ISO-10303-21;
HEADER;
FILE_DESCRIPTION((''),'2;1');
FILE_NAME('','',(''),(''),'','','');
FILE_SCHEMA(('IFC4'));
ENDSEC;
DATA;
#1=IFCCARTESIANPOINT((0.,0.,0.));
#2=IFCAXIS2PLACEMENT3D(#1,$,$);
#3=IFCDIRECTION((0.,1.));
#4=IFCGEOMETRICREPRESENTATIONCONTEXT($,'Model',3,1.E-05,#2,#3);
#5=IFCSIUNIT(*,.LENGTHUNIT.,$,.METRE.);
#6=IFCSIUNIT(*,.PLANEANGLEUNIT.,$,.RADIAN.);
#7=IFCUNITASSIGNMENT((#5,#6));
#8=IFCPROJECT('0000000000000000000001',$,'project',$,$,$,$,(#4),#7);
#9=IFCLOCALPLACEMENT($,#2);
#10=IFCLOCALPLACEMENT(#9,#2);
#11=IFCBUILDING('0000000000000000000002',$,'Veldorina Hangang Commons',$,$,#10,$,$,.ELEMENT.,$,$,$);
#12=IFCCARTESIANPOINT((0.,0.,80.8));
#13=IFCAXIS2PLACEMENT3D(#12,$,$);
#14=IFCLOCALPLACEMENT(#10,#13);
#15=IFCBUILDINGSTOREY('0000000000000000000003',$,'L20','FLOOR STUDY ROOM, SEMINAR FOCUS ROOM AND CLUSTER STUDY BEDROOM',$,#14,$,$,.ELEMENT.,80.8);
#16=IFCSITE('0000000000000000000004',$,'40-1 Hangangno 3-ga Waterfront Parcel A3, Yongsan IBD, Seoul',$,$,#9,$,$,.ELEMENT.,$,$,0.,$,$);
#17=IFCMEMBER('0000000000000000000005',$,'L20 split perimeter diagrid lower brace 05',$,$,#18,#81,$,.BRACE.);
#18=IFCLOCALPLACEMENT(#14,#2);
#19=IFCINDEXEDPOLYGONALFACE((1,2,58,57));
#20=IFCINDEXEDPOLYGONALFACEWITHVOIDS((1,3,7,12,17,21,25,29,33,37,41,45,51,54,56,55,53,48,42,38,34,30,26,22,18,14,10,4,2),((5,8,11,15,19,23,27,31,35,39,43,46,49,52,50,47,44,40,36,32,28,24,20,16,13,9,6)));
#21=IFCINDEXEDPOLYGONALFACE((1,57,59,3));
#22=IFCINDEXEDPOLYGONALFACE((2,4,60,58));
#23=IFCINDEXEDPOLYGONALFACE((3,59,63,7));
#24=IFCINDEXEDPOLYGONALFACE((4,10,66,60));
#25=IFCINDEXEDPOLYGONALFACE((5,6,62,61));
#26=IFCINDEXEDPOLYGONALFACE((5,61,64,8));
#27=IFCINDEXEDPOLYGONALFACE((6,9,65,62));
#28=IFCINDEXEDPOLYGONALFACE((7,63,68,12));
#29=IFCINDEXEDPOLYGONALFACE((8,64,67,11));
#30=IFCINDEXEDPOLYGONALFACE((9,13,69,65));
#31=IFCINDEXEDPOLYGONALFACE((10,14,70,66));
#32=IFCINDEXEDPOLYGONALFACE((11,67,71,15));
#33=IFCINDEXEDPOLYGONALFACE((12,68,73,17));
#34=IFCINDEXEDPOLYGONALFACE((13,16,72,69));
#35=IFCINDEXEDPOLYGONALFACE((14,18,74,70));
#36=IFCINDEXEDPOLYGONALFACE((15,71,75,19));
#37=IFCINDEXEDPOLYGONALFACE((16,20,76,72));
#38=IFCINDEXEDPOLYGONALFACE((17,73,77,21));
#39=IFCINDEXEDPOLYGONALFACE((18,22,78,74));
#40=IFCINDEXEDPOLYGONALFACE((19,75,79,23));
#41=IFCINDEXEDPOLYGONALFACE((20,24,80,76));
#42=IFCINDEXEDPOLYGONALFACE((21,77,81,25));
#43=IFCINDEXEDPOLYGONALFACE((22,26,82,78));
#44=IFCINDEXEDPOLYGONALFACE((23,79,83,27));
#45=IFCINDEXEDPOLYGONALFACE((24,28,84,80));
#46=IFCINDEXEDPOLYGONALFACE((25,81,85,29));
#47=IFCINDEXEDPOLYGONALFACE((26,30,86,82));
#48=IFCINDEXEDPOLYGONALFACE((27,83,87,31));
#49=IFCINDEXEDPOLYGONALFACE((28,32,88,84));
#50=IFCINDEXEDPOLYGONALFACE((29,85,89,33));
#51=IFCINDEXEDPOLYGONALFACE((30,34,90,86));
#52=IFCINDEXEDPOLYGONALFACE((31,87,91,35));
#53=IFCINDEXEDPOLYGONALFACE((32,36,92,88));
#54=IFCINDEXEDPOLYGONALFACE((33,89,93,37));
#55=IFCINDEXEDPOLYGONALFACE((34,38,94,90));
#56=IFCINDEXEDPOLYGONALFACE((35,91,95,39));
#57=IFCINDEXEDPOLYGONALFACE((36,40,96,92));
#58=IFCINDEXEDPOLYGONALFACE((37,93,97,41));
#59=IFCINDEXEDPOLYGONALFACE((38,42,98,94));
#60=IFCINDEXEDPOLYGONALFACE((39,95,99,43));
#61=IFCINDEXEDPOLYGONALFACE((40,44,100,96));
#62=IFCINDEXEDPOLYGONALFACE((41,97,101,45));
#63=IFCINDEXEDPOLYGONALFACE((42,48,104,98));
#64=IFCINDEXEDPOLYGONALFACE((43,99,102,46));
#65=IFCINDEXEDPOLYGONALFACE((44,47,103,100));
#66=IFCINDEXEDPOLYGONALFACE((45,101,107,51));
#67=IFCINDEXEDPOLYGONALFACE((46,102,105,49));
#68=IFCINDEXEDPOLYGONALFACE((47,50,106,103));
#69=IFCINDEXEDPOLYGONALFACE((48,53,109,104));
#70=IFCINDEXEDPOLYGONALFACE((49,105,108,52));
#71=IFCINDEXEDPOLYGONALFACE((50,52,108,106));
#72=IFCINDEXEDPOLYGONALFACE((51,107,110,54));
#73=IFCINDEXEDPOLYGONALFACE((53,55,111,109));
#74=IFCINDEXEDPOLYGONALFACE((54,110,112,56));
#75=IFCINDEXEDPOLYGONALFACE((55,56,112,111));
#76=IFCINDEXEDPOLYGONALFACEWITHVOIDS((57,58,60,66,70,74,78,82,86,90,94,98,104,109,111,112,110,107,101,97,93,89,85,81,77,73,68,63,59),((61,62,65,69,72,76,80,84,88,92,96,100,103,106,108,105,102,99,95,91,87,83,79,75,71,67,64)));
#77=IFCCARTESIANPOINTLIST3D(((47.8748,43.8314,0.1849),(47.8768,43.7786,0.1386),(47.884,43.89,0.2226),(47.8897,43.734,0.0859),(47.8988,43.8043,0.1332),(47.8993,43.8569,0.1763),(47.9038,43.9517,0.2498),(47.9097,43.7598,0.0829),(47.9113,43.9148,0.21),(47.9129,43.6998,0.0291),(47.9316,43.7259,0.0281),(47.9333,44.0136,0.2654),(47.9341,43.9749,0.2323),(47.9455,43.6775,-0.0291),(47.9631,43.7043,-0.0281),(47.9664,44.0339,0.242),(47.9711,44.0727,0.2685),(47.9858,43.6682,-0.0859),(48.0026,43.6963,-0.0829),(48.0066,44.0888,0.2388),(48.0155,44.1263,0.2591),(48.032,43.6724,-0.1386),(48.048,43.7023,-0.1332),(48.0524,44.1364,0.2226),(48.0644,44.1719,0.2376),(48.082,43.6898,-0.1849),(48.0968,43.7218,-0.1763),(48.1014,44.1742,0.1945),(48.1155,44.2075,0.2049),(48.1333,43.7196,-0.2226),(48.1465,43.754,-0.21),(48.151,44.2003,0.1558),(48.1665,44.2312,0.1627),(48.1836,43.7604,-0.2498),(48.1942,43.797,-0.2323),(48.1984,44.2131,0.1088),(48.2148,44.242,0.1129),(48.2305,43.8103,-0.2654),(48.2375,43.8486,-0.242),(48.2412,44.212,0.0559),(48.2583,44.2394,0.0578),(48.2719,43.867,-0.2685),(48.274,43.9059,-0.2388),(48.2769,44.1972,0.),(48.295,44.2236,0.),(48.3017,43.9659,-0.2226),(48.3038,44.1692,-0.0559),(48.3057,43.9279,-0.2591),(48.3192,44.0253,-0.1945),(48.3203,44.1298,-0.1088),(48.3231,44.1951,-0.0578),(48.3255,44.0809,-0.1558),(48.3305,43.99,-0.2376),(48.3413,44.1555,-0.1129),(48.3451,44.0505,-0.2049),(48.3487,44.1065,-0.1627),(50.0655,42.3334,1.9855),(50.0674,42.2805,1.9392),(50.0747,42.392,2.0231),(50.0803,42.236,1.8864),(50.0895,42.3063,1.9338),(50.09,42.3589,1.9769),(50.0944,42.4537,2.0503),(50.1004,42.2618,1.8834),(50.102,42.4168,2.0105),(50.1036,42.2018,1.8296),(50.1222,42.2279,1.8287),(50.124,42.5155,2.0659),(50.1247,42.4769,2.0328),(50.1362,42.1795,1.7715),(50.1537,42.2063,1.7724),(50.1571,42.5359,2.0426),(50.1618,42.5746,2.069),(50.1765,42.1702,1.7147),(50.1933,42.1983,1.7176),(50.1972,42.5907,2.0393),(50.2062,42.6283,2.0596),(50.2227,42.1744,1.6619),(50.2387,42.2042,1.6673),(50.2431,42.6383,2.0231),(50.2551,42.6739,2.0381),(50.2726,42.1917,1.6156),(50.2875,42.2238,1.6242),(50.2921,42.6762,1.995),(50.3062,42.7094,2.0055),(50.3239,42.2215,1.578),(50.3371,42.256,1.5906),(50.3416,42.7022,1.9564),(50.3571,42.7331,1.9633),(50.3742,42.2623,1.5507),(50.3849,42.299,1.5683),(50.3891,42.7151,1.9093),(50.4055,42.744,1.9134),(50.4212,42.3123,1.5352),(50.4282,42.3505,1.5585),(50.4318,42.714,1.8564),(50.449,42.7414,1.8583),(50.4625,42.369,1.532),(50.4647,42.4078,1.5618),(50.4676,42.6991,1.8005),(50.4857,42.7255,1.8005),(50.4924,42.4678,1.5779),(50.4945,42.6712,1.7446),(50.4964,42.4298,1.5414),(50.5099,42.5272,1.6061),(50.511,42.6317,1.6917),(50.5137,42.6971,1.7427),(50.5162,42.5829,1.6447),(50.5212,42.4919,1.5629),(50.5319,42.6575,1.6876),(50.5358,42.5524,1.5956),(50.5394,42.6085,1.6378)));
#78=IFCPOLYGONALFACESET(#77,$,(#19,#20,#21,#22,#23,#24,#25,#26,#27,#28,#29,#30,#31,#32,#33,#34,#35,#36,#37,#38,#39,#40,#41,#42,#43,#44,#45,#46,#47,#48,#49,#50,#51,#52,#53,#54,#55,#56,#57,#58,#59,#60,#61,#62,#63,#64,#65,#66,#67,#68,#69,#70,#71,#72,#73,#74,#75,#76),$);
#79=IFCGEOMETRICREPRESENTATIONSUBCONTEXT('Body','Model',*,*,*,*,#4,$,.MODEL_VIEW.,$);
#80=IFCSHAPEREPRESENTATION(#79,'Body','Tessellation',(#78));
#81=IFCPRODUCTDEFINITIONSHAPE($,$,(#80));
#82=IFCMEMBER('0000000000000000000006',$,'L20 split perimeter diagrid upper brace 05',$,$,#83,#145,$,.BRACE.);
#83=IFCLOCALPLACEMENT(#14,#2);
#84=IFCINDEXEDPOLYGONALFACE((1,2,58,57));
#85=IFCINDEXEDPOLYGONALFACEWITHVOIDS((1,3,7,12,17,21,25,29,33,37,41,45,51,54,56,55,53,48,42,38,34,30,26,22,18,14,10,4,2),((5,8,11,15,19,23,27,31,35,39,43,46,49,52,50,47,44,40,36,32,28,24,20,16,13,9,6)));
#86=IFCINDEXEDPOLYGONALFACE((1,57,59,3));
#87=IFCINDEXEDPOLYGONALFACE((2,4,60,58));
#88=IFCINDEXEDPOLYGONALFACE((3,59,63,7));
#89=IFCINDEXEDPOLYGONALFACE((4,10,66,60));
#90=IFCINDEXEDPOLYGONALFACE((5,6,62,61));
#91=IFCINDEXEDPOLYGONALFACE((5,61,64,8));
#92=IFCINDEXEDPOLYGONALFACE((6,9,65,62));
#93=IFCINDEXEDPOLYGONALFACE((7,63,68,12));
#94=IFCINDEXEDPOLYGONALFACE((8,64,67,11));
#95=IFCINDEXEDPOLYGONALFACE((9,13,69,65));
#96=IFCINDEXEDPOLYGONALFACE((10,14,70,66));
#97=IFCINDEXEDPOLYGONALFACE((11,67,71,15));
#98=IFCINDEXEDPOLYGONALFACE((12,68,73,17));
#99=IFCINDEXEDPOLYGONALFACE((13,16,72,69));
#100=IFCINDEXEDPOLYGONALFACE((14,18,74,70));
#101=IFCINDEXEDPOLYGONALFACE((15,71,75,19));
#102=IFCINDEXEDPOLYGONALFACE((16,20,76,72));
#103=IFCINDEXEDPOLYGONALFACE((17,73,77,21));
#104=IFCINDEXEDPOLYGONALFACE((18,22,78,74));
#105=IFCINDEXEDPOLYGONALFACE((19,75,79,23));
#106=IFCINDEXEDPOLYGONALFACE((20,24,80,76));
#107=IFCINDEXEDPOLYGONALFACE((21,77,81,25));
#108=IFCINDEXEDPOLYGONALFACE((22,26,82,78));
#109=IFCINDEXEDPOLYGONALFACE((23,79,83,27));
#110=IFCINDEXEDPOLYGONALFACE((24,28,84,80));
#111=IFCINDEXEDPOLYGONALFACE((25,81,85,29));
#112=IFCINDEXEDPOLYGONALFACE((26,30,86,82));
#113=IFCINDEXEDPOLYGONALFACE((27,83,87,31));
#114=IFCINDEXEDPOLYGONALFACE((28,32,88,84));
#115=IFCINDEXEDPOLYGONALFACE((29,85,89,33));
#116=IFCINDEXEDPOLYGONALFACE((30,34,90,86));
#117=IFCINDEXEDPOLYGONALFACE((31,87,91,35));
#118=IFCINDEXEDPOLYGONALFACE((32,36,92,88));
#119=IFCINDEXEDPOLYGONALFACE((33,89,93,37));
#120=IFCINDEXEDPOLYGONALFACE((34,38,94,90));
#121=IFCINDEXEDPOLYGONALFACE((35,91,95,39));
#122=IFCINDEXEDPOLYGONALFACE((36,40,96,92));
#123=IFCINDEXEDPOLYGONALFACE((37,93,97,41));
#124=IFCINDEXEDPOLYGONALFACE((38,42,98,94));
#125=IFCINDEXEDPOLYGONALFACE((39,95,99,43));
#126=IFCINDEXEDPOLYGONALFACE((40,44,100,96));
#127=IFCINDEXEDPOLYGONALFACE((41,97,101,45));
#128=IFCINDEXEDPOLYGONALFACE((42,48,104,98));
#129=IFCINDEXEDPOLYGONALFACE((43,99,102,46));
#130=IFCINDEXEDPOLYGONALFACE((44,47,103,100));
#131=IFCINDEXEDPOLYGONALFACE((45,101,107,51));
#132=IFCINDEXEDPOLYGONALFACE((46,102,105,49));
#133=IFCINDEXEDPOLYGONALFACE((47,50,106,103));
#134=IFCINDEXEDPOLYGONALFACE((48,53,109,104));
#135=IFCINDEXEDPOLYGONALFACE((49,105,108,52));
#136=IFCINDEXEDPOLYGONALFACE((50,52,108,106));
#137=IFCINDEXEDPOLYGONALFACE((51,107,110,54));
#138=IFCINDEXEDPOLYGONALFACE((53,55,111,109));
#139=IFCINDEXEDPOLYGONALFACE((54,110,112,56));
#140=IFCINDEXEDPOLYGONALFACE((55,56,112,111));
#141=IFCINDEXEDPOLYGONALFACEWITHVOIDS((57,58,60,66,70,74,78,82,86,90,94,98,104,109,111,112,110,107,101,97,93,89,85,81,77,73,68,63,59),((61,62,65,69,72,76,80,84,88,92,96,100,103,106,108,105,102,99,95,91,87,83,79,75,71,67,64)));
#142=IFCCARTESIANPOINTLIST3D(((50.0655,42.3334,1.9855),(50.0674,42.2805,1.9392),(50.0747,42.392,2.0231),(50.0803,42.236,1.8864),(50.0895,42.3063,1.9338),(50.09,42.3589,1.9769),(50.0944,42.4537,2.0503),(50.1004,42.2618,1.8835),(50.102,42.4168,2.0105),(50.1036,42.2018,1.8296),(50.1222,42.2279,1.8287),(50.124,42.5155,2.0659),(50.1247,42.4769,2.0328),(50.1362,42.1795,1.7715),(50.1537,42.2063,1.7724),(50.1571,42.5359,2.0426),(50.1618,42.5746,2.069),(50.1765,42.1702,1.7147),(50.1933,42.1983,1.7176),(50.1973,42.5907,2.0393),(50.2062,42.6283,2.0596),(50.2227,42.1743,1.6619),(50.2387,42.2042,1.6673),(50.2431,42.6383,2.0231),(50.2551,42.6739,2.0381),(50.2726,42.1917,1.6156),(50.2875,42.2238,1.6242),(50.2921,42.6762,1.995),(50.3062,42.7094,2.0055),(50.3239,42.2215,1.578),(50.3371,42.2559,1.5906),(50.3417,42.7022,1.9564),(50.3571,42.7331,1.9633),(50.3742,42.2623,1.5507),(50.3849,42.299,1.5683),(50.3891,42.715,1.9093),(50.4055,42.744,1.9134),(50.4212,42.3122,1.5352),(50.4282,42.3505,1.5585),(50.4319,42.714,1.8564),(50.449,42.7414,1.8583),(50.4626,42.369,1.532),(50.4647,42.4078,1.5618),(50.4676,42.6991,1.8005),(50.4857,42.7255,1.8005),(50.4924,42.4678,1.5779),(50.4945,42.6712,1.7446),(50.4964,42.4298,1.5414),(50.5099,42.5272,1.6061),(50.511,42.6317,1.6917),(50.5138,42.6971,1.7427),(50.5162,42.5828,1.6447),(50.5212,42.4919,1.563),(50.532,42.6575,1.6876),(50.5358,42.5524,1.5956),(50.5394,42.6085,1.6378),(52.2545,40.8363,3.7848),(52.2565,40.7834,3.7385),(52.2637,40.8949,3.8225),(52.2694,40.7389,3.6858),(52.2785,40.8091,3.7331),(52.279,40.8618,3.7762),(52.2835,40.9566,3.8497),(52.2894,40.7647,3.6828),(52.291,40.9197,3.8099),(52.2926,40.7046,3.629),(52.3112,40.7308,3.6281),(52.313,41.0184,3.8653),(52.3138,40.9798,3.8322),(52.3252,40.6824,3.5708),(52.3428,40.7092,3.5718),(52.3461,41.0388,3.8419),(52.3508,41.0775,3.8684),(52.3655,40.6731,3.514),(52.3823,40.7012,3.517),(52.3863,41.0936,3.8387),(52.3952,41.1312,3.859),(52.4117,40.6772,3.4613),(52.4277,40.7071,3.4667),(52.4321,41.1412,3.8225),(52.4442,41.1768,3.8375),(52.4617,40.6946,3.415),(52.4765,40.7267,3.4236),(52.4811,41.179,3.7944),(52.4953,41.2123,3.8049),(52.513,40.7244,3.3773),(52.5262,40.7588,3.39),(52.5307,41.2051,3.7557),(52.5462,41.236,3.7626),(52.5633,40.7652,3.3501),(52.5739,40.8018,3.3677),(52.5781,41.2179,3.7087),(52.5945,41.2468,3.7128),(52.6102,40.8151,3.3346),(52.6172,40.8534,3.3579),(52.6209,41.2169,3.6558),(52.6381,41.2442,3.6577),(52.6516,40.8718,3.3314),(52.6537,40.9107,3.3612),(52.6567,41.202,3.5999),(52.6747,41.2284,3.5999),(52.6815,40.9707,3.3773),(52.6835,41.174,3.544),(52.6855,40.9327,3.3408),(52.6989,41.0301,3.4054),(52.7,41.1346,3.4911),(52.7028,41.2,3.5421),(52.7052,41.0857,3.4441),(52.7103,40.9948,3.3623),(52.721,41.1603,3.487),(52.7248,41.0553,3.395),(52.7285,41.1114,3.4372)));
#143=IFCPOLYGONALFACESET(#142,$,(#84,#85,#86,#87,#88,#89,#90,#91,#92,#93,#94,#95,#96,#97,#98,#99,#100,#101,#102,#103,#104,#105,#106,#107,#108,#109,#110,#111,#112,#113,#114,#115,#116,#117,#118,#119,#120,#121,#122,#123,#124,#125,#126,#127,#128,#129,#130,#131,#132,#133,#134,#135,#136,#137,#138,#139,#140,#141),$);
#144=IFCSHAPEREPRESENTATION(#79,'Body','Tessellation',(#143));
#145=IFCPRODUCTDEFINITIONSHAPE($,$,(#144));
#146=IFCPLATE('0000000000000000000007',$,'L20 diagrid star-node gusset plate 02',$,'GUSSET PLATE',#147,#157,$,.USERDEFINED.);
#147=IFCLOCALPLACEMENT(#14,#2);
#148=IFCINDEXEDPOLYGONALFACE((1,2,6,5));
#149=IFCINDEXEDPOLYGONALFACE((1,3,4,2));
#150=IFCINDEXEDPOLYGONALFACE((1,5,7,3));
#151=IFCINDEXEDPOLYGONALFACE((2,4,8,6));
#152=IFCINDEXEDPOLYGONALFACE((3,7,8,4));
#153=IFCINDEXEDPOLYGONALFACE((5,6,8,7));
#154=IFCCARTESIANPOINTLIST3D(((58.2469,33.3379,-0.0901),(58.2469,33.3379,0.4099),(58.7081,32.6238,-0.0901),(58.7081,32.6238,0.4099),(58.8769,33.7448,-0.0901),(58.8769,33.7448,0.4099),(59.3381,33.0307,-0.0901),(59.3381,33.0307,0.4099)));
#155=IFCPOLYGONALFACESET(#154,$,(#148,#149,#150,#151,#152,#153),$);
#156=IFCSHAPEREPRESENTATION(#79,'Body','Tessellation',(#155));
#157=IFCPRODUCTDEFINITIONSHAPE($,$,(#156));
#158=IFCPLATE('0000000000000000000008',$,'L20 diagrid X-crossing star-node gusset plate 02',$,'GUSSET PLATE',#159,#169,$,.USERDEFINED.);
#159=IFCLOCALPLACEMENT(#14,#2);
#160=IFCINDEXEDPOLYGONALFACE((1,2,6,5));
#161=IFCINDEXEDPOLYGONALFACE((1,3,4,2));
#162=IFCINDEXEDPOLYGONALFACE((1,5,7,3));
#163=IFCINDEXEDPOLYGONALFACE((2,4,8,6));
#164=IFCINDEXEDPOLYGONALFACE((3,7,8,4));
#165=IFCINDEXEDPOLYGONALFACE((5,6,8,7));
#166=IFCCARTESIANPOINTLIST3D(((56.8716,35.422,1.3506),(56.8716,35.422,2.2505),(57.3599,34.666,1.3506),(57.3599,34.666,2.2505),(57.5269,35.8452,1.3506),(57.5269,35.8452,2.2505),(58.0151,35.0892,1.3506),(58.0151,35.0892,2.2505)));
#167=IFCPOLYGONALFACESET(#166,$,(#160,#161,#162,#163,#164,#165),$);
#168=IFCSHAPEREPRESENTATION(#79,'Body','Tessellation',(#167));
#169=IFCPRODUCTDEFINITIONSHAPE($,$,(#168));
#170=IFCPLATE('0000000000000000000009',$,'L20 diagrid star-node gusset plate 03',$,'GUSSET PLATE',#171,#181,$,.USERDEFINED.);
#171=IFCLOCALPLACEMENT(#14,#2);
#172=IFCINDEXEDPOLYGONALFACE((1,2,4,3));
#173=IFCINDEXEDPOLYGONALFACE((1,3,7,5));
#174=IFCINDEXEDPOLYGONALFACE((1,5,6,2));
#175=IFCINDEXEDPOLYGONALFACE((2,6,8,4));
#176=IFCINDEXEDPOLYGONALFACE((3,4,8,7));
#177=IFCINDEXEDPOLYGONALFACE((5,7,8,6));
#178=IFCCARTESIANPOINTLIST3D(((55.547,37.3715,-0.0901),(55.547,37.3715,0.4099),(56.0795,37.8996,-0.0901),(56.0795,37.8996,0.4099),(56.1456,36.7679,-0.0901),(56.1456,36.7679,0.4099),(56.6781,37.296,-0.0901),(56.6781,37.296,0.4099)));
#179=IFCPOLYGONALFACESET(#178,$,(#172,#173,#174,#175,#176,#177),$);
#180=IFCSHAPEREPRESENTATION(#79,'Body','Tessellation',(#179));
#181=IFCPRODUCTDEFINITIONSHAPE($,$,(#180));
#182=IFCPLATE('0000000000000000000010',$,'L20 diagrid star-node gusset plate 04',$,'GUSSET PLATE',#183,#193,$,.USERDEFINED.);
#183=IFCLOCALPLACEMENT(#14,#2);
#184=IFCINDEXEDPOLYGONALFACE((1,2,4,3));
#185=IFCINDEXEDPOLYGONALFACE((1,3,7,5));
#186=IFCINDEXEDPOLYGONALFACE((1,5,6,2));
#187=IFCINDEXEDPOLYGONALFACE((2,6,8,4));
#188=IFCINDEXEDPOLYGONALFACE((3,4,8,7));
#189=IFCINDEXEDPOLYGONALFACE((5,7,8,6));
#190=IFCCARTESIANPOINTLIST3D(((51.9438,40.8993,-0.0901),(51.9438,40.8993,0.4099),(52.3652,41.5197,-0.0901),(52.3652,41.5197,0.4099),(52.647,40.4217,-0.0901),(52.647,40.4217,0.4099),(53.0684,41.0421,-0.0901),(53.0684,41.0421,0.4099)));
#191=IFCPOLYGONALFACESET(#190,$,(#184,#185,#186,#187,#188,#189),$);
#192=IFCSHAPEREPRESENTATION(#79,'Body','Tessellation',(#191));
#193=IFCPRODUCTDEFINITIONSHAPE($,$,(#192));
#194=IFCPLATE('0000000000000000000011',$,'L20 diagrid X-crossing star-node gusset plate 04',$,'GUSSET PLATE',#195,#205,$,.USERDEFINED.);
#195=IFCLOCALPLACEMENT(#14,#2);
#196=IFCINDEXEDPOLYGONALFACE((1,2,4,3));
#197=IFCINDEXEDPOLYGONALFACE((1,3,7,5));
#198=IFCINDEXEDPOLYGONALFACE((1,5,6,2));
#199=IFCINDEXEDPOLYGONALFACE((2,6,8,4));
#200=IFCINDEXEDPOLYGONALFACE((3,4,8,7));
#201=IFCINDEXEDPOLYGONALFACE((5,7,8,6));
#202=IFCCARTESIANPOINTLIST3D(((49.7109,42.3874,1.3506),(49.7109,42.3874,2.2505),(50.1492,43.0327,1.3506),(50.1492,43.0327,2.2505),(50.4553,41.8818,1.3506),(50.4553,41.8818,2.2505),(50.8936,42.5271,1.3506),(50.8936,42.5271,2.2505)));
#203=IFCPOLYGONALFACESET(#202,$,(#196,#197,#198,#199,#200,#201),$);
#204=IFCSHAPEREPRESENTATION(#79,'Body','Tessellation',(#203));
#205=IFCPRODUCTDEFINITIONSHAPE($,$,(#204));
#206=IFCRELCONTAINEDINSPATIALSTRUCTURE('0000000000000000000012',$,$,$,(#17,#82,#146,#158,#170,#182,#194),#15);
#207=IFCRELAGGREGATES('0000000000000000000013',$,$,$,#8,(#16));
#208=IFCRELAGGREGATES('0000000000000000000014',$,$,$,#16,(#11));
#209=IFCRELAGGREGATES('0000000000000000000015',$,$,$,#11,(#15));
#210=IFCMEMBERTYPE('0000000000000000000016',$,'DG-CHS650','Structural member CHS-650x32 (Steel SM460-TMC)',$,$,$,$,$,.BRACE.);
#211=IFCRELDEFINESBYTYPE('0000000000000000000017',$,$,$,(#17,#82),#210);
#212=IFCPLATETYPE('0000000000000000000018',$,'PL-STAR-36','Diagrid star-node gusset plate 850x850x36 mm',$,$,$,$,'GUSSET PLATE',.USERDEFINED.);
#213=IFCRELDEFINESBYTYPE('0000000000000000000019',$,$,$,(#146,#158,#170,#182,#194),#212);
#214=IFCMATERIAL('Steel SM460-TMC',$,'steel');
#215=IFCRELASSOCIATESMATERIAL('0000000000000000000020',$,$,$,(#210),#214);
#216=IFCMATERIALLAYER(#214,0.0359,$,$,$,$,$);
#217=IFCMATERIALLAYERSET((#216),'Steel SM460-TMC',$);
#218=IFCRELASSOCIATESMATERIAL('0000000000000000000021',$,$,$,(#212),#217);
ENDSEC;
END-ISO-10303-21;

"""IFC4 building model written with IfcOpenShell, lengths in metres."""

from ifc_helpers import new_model, si_unit, direction, frame, origin, origin_2d, place, context, subcontext, project, spatial, rectangle, hollow_circle, extrude, material, layer, layer_set, material_profile, profile_set, type_object, element, save


model = new_model("IFC4")

# Units and contexts
model_context = context("Model", 3, precision=1e-05, world=origin(), true_north=direction((0.0, 1.0)))
body_context = subcontext(model_context, "Body", "Model", "MODEL_VIEW")
ifc_project = project(units=[si_unit("LENGTHUNIT", "METRE"), si_unit("PLANEANGLEUNIT", "RADIAN")], contexts=[model_context])

# Site, building, storey
site_placement = place(None, origin())
site = spatial("IfcSite", under=ifc_project, at=site_placement, Name="40-1 Hangangno 3-ga Waterfront Parcel A3, Yongsan IBD, Seoul", CompositionType="ELEMENT", RefElevation=0.0)
building_placement = place(site_placement, origin())
building = spatial("IfcBuilding", under=site, at=building_placement, Name="Veldorina Hangang Commons", CompositionType="ELEMENT")
storey_placement = place(building_placement, frame((0.0, 0.0, 80.8)))
storey = spatial("IfcBuildingStorey", under=building, at=storey_placement, Name="L20", Description="FLOOR STUDY ROOM, SEMINAR FOCUS ROOM AND CLUSTER STUDY BEDROOM", CompositionType="ELEMENT", Elevation=80.8)

# Members
ifc_material_1 = material(Name="Steel SM460-TMC", Category="steel")
ifc_material_profile_1 = material_profile(ifc_material_1, hollow_circle(Radius=0.325, WallThickness=0.032, at=origin_2d()), Name="CHS-650x32")
ifc_profile_set_1 = profile_set([ifc_material_profile_1], Name="Steel SM460-TMC")
member_type = type_object("IfcMemberType", Name="DG-CHS650", Description="Structural member CHS-650x32 (Steel SM460-TMC)", PredefinedType="BRACE", material=ifc_profile_set_1)
member_1_placement = place(storey_placement, frame((48.1116, 43.9553, 0.0), z_axis=(0.683082, -0.467111, 0.561432), x_axis=(0.56447, 0.825454, 0.0)))
element("IfcMember", 1, at=member_1_placement, inside=storey, type_object=member_type, Name="L20 split perimeter diagrid lower brace 05", PredefinedType="BRACE", context=body_context, shape_type="SweptSolid", body=[
    extrude(hollow_circle(Radius=0.325, WallThickness=0.032, at=origin_2d()), origin(), (0.0, 0.0, 1.0), 3.207),
])
member_2_placement = place(storey_placement, frame((50.3022, 42.4573, 1.8005), z_axis=(0.683041, -0.467143, 0.561456), x_axis=(0.564519, 0.82542, 0.0)))
element("IfcMember", 2, at=member_2_placement, inside=storey, type_object=member_type, Name="L20 split perimeter diagrid upper brace 05", PredefinedType="BRACE", context=body_context, shape_type="SweptSolid", body=[
    extrude(hollow_circle(Radius=0.325, WallThickness=0.032, at=origin_2d()), origin(), (0.0, 0.0, 1.0), 3.2048),
])

# Plates
ifc_layer_1 = layer(ifc_material_1, 0.0359)
ifc_layer_set_1 = layer_set([ifc_layer_1], Name="Steel SM460-TMC")
plate_type = type_object("IfcPlateType", Name="PL-STAR-36", Description="Diagrid star-node gusset plate 850x850x36 mm", ElementType="GUSSET PLATE", PredefinedType="USERDEFINED", material=ifc_layer_set_1)
plate_1_placement = place(storey_placement, frame((58.7925, 33.1843, -0.0901), z_axis=(0.0, 0.0, 1.0), x_axis=(-0.542544, 0.840027, 0.0)))
element("IfcPlate", 3, at=plate_1_placement, inside=storey, type_object=plate_type, Name="L20 diagrid star-node gusset plate 02", ObjectType="GUSSET PLATE", PredefinedType="USERDEFINED", context=body_context, shape_type="SweptSolid", body=[
    extrude(rectangle(XDim=0.8501, YDim=0.75, at=origin_2d()), origin(), (0.0, 0.0, 1.0), 0.5),
])
plate_2_placement = place(storey_placement, frame((57.4434, 35.2556, 1.3506), z_axis=(0.0, 0.0, 1.0), x_axis=(-0.542544, 0.840027, 0.0)))
element("IfcPlate", 4, at=plate_2_placement, inside=storey, type_object=plate_type, Name="L20 diagrid X-crossing star-node gusset plate 02", ObjectType="GUSSET PLATE", PredefinedType="USERDEFINED", context=body_context, shape_type="SweptSolid", body=[
    extrude(rectangle(XDim=0.8999, YDim=0.78, at=origin_2d()), origin(), (0.0, 0.0, 1.0), 0.8999),
])
for number, where, z_axis, x_axis, name in (
    (5, (56.1125, 37.3337, -0.0901), (0.0, 0.0, 1.0), (-0.704139, 0.710062, 0.0), "L20 diagrid star-node gusset plate 03"),
    (6, (52.5061, 40.9707, -0.0901), (0.0, 0.0, 1.0), (-0.827247, 0.561838, 0.0), "L20 diagrid star-node gusset plate 04"),
):
    element("IfcPlate", number, at=place(storey_placement, frame(where, z_axis=z_axis, x_axis=x_axis)), inside=storey, type_object=plate_type, Name=name, ObjectType="GUSSET PLATE", PredefinedType="USERDEFINED", context=body_context, shape_type="SweptSolid", body=[
        extrude(rectangle(XDim=0.8501, YDim=0.75, at=origin_2d()), origin(), (0.0, 0.0, 1.0), 0.5),
    ])
plate_3_placement = place(storey_placement, frame((50.3022, 42.4573, 1.3506), z_axis=(0.0, 0.0, 1.0), x_axis=(-0.827247, 0.561838, 0.0)))
element("IfcPlate", 7, at=plate_3_placement, inside=storey, type_object=plate_type, Name="L20 diagrid X-crossing star-node gusset plate 04", ObjectType="GUSSET PLATE", PredefinedType="USERDEFINED", context=body_context, shape_type="SweptSolid", body=[
    extrude(rectangle(XDim=0.8999, YDim=0.78, at=origin_2d()), origin(), (0.0, 0.0, 1.0), 0.8999),
])

save(model, "model.ifc")
